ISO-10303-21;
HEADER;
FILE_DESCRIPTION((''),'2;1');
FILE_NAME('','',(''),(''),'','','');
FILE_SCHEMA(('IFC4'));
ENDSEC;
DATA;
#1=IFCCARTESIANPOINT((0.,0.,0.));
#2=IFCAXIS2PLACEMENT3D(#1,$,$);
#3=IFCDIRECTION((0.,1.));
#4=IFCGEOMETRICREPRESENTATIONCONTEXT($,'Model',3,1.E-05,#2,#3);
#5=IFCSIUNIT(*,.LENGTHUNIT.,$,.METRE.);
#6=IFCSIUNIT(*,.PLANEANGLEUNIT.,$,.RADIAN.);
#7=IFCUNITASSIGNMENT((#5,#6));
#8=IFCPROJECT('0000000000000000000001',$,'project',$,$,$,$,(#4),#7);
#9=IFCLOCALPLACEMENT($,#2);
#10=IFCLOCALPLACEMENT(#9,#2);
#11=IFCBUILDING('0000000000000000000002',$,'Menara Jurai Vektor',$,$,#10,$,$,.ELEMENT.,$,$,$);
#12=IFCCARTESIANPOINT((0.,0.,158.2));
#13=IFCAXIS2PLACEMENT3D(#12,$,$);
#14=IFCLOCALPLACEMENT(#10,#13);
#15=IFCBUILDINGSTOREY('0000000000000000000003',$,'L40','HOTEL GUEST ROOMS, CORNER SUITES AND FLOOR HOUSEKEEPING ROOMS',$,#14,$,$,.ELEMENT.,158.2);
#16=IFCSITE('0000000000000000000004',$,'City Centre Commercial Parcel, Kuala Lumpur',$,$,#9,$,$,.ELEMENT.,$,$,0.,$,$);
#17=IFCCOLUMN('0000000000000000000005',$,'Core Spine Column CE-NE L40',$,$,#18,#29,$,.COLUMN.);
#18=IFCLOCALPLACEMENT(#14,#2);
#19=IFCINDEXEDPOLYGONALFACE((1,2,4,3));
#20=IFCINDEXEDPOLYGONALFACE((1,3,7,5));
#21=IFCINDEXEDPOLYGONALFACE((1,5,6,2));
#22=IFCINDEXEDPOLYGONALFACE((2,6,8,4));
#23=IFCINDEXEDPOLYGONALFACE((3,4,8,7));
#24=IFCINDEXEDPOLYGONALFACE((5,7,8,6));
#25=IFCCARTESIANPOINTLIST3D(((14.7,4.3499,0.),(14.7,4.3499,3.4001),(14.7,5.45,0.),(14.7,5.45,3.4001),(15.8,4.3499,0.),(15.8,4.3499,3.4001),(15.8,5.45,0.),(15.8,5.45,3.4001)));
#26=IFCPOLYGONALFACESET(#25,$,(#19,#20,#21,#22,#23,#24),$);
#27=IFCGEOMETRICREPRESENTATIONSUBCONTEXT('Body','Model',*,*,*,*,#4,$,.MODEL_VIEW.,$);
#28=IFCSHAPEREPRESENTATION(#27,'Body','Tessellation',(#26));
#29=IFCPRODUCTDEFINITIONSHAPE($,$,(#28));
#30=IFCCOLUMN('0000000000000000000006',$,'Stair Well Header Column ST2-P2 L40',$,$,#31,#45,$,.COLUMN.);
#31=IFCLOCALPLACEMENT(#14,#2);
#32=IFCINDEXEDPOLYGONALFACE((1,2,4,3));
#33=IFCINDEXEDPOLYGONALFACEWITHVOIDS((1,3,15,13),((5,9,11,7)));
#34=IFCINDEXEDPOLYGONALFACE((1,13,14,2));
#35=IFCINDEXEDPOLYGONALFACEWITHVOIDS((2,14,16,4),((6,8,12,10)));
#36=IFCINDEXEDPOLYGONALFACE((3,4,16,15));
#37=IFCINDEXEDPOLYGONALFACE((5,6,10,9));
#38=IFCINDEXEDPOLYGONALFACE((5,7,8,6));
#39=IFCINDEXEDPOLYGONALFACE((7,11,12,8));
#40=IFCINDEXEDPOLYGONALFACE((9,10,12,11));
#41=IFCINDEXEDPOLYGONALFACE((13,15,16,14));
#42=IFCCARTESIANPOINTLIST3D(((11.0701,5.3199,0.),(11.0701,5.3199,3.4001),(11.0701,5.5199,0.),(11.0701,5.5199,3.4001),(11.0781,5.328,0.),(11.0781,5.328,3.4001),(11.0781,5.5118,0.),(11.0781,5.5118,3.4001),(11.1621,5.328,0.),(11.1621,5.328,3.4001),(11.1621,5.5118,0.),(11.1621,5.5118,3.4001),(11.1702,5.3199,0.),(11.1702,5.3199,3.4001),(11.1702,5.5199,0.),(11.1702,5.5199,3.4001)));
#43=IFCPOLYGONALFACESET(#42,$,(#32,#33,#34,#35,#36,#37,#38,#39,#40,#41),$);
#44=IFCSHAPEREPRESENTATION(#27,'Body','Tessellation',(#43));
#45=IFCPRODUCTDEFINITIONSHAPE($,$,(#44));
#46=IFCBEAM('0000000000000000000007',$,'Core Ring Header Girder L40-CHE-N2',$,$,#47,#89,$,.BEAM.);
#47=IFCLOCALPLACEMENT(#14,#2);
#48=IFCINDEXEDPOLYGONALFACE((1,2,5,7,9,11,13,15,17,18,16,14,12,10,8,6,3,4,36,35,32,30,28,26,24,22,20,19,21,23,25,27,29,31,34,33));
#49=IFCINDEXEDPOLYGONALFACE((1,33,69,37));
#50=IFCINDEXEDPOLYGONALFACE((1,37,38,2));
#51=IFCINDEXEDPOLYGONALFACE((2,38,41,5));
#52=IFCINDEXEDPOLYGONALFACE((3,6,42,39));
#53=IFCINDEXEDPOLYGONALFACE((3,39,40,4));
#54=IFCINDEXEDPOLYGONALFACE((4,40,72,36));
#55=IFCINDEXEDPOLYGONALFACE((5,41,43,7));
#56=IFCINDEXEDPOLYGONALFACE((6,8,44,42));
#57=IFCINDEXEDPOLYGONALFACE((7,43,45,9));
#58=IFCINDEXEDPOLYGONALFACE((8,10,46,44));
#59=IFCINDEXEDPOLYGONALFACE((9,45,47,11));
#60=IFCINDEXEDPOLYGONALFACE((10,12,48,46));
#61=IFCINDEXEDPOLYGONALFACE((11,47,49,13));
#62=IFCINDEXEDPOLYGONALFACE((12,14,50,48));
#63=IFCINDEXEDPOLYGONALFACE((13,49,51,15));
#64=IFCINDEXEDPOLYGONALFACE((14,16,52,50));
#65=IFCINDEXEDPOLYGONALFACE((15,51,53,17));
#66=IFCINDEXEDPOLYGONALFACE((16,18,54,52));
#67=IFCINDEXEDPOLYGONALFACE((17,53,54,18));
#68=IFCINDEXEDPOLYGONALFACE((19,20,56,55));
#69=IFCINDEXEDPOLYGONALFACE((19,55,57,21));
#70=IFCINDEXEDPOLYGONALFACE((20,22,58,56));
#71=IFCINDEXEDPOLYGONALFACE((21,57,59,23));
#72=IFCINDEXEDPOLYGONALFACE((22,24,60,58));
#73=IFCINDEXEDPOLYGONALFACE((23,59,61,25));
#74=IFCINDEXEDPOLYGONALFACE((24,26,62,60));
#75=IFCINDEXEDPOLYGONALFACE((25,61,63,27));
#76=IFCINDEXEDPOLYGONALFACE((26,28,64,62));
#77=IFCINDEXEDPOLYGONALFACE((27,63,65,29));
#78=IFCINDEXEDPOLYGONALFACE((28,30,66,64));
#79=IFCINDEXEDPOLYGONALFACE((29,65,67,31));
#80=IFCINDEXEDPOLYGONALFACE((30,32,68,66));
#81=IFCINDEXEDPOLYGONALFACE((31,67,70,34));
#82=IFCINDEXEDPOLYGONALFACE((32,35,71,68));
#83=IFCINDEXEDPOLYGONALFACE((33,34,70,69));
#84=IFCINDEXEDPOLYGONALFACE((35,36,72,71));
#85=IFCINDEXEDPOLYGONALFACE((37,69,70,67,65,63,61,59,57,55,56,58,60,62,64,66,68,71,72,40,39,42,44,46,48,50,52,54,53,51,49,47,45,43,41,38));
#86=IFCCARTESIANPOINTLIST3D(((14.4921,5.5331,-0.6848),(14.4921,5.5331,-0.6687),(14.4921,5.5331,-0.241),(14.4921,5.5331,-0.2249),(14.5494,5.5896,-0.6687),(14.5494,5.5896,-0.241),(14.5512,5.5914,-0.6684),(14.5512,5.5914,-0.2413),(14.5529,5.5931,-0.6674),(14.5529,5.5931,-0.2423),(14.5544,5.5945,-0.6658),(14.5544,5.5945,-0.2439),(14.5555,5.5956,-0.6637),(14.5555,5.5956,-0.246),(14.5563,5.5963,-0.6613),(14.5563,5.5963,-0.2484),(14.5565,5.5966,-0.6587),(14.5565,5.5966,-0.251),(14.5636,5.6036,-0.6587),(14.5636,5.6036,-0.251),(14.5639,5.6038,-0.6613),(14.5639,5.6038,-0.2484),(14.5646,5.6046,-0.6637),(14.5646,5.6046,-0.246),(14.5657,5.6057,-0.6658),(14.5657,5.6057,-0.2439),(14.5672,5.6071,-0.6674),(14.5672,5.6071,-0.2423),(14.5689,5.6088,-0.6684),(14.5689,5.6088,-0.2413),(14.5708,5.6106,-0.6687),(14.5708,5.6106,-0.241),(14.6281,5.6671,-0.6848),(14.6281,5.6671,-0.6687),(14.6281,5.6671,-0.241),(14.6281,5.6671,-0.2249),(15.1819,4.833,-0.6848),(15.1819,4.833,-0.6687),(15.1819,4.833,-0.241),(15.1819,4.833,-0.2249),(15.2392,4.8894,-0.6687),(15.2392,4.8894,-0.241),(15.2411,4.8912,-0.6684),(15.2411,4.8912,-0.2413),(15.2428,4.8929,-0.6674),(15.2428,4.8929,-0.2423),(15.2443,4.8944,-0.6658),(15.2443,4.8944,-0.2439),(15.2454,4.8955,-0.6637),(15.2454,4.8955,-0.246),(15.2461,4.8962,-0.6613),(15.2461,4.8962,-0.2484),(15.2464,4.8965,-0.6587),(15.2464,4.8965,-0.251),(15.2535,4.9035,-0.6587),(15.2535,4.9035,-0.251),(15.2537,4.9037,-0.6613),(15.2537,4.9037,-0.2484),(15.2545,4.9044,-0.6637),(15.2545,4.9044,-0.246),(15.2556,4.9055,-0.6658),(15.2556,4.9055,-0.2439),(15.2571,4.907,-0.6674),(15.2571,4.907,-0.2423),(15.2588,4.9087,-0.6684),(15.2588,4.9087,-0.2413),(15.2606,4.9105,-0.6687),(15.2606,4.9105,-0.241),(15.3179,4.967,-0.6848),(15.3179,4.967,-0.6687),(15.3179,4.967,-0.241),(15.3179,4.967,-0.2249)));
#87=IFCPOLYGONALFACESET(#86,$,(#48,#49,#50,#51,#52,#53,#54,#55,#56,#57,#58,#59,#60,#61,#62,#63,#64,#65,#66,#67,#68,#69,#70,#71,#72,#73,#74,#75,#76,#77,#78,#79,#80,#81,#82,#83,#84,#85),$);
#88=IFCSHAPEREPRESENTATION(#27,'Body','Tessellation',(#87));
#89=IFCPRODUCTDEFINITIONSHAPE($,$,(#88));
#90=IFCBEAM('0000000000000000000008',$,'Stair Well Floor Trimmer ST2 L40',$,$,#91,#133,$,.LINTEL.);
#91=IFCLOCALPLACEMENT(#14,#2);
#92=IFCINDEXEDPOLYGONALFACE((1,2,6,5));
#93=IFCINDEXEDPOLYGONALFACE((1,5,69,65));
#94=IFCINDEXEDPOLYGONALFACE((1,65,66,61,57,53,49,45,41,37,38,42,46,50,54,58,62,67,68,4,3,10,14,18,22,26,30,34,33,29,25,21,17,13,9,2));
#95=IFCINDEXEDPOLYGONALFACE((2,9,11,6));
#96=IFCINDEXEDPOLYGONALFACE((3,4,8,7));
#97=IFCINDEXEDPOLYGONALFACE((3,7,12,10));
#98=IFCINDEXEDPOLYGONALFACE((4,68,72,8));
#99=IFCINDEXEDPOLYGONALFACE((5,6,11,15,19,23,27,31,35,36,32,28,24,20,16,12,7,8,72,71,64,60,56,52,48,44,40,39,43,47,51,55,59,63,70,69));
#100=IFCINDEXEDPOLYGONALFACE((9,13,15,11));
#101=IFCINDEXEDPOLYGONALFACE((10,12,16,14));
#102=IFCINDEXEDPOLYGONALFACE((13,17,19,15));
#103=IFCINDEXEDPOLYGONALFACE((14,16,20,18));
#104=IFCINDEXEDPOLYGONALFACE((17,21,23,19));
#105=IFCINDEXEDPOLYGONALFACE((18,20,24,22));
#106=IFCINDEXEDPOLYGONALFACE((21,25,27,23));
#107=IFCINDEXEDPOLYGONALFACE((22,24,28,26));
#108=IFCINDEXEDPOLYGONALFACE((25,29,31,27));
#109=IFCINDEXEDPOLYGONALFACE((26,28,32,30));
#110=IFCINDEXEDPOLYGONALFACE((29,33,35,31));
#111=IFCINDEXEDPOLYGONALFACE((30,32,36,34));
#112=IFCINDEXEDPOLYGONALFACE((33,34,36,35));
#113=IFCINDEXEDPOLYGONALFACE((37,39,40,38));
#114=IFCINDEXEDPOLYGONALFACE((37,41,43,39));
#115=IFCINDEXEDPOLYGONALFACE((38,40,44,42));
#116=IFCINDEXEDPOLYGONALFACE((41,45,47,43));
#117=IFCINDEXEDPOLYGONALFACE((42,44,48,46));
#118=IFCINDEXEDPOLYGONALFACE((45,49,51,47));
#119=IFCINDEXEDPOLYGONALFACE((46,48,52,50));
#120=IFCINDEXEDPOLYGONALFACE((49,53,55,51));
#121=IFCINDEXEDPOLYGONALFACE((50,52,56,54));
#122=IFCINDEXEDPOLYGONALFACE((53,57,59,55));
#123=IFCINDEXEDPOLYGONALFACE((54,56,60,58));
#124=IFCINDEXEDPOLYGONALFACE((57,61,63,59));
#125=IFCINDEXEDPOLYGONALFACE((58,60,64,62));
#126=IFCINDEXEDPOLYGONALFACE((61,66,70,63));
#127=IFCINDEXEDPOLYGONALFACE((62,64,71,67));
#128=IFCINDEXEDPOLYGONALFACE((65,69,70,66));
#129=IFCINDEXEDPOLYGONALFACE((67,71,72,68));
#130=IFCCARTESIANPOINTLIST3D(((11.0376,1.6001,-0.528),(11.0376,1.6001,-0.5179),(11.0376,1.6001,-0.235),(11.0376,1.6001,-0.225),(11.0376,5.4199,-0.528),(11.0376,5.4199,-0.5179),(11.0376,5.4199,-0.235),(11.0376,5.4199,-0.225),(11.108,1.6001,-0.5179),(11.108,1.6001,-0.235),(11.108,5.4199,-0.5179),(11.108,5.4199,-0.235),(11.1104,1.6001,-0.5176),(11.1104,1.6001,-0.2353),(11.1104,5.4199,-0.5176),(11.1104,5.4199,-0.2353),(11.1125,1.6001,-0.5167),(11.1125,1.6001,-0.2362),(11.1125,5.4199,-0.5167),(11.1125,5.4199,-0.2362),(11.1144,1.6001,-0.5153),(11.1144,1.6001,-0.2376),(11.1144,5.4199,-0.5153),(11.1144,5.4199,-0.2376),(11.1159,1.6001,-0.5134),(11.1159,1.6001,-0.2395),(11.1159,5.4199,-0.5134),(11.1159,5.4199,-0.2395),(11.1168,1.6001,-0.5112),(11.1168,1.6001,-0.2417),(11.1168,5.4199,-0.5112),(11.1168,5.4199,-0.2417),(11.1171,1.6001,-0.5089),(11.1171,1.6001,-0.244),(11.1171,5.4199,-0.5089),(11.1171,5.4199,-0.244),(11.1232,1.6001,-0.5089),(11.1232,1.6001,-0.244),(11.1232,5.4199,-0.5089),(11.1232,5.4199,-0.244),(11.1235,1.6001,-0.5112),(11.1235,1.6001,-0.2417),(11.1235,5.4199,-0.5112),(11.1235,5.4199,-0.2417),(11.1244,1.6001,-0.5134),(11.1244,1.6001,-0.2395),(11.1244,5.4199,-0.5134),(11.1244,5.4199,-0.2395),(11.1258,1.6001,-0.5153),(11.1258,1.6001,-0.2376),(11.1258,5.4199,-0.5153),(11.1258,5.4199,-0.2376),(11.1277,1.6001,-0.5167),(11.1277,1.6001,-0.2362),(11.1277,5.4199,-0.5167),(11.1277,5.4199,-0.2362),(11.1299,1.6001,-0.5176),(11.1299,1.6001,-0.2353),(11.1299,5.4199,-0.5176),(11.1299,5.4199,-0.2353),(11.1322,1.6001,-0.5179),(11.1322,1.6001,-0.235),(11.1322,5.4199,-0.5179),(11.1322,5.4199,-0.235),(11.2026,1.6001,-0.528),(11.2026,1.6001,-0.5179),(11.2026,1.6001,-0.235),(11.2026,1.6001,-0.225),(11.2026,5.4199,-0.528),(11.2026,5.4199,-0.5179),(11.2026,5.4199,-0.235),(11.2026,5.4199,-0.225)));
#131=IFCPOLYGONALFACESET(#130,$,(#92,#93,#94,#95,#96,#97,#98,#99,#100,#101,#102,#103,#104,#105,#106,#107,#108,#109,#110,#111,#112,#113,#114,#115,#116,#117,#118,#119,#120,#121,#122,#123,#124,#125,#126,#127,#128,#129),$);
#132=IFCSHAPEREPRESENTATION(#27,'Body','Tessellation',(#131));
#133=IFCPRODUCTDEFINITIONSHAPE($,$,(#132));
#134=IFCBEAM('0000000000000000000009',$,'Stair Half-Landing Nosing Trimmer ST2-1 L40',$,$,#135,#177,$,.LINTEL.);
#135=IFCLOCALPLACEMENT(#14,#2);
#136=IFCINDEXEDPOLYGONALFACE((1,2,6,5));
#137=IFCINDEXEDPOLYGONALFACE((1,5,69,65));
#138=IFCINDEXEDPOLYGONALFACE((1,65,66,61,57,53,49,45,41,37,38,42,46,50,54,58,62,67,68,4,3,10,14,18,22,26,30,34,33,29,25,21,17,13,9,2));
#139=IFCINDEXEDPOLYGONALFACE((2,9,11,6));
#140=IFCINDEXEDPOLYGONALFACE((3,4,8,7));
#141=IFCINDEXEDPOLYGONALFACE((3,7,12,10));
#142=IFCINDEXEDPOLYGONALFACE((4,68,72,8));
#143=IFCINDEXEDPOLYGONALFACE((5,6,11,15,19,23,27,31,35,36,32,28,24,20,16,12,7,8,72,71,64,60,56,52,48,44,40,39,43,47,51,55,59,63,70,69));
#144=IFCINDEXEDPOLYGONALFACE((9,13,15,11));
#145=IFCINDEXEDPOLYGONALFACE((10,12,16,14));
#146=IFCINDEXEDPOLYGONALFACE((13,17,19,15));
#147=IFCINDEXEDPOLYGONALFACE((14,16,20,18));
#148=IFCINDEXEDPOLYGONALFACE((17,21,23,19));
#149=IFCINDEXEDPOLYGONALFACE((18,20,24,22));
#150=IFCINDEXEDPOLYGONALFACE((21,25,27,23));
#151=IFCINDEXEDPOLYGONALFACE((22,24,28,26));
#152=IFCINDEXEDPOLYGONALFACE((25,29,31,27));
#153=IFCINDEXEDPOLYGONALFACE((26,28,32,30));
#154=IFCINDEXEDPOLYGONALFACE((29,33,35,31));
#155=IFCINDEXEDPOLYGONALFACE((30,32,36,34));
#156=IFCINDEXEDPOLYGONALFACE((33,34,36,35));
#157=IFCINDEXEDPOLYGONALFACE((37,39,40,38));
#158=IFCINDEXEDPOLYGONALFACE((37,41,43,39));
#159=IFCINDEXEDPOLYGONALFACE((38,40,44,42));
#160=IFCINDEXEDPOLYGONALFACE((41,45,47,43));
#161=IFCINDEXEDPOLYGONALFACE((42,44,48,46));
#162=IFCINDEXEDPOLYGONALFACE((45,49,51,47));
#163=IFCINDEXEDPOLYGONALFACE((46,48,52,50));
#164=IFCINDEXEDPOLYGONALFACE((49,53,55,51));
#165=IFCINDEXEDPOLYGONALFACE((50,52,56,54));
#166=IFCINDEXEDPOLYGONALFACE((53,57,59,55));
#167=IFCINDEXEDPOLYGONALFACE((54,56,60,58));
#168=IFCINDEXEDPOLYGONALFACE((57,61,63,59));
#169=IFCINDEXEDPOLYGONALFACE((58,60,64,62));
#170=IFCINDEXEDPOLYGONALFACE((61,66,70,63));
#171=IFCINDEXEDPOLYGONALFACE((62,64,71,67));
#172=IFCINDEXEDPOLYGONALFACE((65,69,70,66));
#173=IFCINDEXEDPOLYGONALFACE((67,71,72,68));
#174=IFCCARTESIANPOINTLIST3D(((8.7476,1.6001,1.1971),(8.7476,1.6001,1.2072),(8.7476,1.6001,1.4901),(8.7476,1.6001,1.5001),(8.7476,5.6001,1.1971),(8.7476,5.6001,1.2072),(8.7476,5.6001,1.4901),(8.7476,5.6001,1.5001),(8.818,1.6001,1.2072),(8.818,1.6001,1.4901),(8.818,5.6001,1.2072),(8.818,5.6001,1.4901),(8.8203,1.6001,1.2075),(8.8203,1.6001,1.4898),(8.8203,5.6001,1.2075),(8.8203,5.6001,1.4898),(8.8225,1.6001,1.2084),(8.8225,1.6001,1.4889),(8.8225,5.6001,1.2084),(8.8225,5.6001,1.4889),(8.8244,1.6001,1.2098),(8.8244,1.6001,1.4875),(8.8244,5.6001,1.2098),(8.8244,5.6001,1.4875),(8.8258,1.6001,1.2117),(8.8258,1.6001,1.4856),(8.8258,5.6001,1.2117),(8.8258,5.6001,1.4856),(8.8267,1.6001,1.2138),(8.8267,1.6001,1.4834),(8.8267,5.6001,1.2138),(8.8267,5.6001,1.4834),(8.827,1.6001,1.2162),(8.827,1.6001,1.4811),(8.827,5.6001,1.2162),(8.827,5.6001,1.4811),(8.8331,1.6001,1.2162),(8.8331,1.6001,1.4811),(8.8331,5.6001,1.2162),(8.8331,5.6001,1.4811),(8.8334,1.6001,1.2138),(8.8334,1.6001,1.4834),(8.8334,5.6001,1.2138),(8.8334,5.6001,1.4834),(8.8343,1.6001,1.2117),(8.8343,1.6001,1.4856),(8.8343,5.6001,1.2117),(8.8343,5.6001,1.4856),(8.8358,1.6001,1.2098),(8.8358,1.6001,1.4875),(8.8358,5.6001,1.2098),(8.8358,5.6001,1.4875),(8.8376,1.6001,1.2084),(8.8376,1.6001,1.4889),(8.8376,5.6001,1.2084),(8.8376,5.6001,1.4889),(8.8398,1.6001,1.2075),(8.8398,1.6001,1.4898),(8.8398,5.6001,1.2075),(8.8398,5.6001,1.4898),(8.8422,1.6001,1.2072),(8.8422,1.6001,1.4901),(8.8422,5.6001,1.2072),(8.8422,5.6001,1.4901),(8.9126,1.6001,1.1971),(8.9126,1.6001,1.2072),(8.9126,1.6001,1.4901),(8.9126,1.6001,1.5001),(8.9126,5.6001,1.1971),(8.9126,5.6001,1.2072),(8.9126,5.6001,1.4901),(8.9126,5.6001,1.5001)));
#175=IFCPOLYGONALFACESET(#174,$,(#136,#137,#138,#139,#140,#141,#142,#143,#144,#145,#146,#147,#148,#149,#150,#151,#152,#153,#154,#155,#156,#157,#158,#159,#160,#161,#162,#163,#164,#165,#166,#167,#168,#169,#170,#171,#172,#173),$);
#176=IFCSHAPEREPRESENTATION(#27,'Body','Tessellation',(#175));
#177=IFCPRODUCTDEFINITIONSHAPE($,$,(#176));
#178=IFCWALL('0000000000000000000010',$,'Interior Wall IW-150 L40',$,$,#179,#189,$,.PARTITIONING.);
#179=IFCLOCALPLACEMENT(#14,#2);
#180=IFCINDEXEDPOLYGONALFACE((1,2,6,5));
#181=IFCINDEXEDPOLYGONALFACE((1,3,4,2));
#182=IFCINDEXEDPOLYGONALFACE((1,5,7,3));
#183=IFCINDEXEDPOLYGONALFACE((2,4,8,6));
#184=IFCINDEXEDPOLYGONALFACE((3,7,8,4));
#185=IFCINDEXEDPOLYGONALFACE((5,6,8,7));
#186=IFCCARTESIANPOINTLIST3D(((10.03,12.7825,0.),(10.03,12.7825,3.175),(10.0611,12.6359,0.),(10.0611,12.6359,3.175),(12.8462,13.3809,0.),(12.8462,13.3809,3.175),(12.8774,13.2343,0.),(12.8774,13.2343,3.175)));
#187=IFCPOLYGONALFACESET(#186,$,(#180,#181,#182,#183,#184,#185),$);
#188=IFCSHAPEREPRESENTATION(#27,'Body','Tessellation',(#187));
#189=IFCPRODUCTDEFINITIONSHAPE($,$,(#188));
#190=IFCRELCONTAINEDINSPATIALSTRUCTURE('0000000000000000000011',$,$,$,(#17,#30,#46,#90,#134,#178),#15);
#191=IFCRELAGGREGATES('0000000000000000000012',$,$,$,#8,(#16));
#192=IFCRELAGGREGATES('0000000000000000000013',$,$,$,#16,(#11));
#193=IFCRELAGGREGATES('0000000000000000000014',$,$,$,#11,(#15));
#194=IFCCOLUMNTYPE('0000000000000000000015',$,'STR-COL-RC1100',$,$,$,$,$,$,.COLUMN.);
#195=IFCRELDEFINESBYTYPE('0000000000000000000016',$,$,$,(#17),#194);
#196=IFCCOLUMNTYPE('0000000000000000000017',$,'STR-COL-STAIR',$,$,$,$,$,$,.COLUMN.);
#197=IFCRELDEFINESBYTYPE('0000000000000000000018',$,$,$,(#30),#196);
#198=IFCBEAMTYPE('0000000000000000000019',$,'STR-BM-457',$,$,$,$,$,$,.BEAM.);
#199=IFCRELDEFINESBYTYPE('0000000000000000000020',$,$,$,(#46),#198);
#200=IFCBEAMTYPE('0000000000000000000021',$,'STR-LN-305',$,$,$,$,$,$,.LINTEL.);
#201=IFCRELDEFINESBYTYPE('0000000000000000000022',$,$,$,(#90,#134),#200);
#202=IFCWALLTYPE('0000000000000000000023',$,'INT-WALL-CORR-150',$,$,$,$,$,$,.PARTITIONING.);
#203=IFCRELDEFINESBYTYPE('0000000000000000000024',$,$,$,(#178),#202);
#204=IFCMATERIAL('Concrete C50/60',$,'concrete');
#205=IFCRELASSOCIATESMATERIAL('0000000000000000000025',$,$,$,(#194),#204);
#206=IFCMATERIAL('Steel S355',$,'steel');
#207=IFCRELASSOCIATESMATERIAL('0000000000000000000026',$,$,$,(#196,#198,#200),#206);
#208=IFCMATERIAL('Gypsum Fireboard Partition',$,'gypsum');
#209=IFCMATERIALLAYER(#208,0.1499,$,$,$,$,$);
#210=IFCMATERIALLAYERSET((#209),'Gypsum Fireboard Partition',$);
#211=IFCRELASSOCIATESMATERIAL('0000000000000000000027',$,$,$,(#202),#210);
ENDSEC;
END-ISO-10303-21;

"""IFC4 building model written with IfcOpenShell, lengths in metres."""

from ifc_helpers import new_model, si_unit, direction, frame, frame_2d, origin, origin_2d, place, context, subcontext, project, spatial, rectangle, hollow_rectangle, i_section, extrude, material, layer, layer_set, material_profile, profile_set, type_object, element, save


model = new_model("IFC4")

# Units and contexts
model_context = context("Model", 3, precision=1e-05, world=origin(), true_north=direction((0.0, 1.0)))
body_context = subcontext(model_context, "Body", "Model", "MODEL_VIEW")
ifc_project = project(units=[si_unit("LENGTHUNIT", "METRE"), si_unit("PLANEANGLEUNIT", "RADIAN")], contexts=[model_context])

# Site, building, storey
site_placement = place(None, origin())
site = spatial("IfcSite", under=ifc_project, at=site_placement, Name="City Centre Commercial Parcel, Kuala Lumpur", CompositionType="ELEMENT", RefElevation=0.0)
building_placement = place(site_placement, origin())
building = spatial("IfcBuilding", under=site, at=building_placement, Name="Menara Jurai Vektor", CompositionType="ELEMENT")
storey_placement = place(building_placement, frame((0.0, 0.0, 158.2)))
storey = spatial("IfcBuildingStorey", under=building, at=storey_placement, Name="L40", Description="HOTEL GUEST ROOMS, CORNER SUITES AND FLOOR HOUSEKEEPING ROOMS", CompositionType="ELEMENT", Elevation=158.2)

# Columns
ifc_material_1 = material(Name="Concrete C50/60", Category="concrete")
ifc_material_profile_1 = material_profile(ifc_material_1, rectangle(XDim=1.1001, YDim=1.1001, at=origin_2d()), Name="RC 1100x1100")
ifc_profile_set_1 = profile_set([ifc_material_profile_1], Name="Concrete C50/60")
column_type_1 = type_object("IfcColumnType", Name="STR-COL-RC1100", PredefinedType="COLUMN", material=ifc_profile_set_1)
column_1_placement = place(storey_placement, frame((15.25, 4.8999, 0.0), z_axis=(0.0, 0.0, 1.0), x_axis=(1.0, 0.0, 0.0)))
element("IfcColumn", 1, at=column_1_placement, inside=storey, type_object=column_type_1, Name="Core Spine Column CE-NE L40", PredefinedType="COLUMN", context=body_context, shape_type="SweptSolid", body=[
    extrude(rectangle(XDim=1.1001, YDim=1.1001, at=origin_2d()), origin(), (0.0, 0.0, 1.0), 3.4001),
])
ifc_material_2 = material(Name="Steel S355", Category="steel")
ifc_material_profile_2 = material_profile(ifc_material_2, hollow_rectangle(XDim=0.1001, YDim=0.2, WallThickness=0.0081, at=origin_2d()), Name="RHS 200x100x8")
ifc_profile_set_2 = profile_set([ifc_material_profile_2], Name="Steel S355")
column_type_2 = type_object("IfcColumnType", Name="STR-COL-STAIR", PredefinedType="COLUMN", material=ifc_profile_set_2)
column_2_placement = place(storey_placement, frame((11.1201, 5.4199, 0.0), z_axis=(0.0, 0.0, 1.0), x_axis=(1.0, 0.0, 0.0)))
element("IfcColumn", 2, at=column_2_placement, inside=storey, type_object=column_type_2, Name="Stair Well Header Column ST2-P2 L40", PredefinedType="COLUMN", context=body_context, shape_type="SweptSolid", body=[
    extrude(hollow_rectangle(XDim=0.1001, YDim=0.2, WallThickness=0.0081, at=origin_2d()), origin(), (0.0, 0.0, 1.0), 3.4001),
])

# Beams
ifc_material_profile_3 = material_profile(ifc_material_2, i_section(OverallWidth=0.1909, OverallDepth=0.46, WebThickness=0.01, FlangeThickness=0.0161, FilletRadius=0.01, at=origin_2d()), Name="UKB 457x191x82")
ifc_profile_set_3 = profile_set([ifc_material_profile_3], Name="Steel S355")
beam_type_1 = type_object("IfcBeamType", Name="STR-BM-457", PredefinedType="BEAM", material=ifc_profile_set_3)
beam_1_placement = place(storey_placement, frame((14.5601, 5.6001, -0.4548), z_axis=(0.701872, -0.712303, 0.0), x_axis=(0.712303, 0.701872, 0.0)))
element("IfcBeam", 3, at=beam_1_placement, inside=storey, type_object=beam_type_1, Name="Core Ring Header Girder L40-CHE-N2", PredefinedType="BEAM", context=body_context, shape_type="SweptSolid", body=[
    extrude(i_section(OverallWidth=0.1909, OverallDepth=0.46, WebThickness=0.01, FlangeThickness=0.0161, FilletRadius=0.01, at=origin_2d()), origin(), (0.0, 0.0, 1.0), 0.9829),
])
ifc_material_profile_4 = material_profile(ifc_material_2, i_section(OverallWidth=0.165, OverallDepth=0.303, WebThickness=0.0061, FlangeThickness=0.01, FilletRadius=0.009, at=origin_2d()), Name="UKB 305x165x40")
ifc_profile_set_4 = profile_set([ifc_material_profile_4], Name="Steel S355")
beam_type_2 = type_object("IfcBeamType", Name="STR-LN-305", PredefinedType="LINTEL", material=ifc_profile_set_4)
beam_2_placement = place(storey_placement, frame((11.1201, 1.6001, -0.3765), z_axis=(0.0, 1.0, 0.0), x_axis=(-1.0, 0.0, 0.0)))
element("IfcBeam", 4, at=beam_2_placement, inside=storey, type_object=beam_type_2, Name="Stair Well Floor Trimmer ST2 L40", PredefinedType="LINTEL", context=body_context, shape_type="SweptSolid", body=[
    extrude(i_section(OverallWidth=0.165, OverallDepth=0.303, WebThickness=0.0061, FlangeThickness=0.01, FilletRadius=0.009, at=origin_2d()), origin(), (0.0, 0.0, 1.0), 3.8198),
])
beam_3_placement = place(storey_placement, frame((8.8301, 1.6001, 1.3486), z_axis=(0.0, 1.0, 0.0), x_axis=(-1.0, 0.0, 0.0)))
element("IfcBeam", 5, at=beam_3_placement, inside=storey, type_object=beam_type_2, Name="Stair Half-Landing Nosing Trimmer ST2-1 L40", PredefinedType="LINTEL", context=body_context, shape_type="SweptSolid", body=[
    extrude(i_section(OverallWidth=0.165, OverallDepth=0.303, WebThickness=0.0061, FlangeThickness=0.01, FilletRadius=0.009, at=origin_2d()), origin(), (0.0, 0.0, 1.0), 4.0),
])

# Wall
ifc_material_3 = material(Name="Gypsum Fireboard Partition", Category="gypsum")
ifc_layer_1 = layer(ifc_material_3, 0.1499)
ifc_layer_set_1 = layer_set([ifc_layer_1], Name="Gypsum Fireboard Partition")
wall_type_1 = type_object("IfcWallType", Name="INT-WALL-CORR-150", PredefinedType="PARTITIONING", material=ifc_layer_set_1)
wall_1_placement = place(storey_placement, frame((10.0457, 12.7092, 0.0), z_axis=(0.0, 0.0, 1.0), x_axis=(0.978162, 0.207844, 0.0)))
element("IfcWall", 6, at=wall_1_placement, inside=storey, type_object=wall_type_1, Name="Interior Wall IW-150 L40", PredefinedType="PARTITIONING", context=body_context, shape_type="SweptSolid", body=[
    extrude(rectangle(XDim=2.8792, YDim=0.1499, at=frame_2d((1.4395, 0.0))), origin(), (0.0, 0.0, 1.0), 3.175),
])

save(model, "model.ifc")
